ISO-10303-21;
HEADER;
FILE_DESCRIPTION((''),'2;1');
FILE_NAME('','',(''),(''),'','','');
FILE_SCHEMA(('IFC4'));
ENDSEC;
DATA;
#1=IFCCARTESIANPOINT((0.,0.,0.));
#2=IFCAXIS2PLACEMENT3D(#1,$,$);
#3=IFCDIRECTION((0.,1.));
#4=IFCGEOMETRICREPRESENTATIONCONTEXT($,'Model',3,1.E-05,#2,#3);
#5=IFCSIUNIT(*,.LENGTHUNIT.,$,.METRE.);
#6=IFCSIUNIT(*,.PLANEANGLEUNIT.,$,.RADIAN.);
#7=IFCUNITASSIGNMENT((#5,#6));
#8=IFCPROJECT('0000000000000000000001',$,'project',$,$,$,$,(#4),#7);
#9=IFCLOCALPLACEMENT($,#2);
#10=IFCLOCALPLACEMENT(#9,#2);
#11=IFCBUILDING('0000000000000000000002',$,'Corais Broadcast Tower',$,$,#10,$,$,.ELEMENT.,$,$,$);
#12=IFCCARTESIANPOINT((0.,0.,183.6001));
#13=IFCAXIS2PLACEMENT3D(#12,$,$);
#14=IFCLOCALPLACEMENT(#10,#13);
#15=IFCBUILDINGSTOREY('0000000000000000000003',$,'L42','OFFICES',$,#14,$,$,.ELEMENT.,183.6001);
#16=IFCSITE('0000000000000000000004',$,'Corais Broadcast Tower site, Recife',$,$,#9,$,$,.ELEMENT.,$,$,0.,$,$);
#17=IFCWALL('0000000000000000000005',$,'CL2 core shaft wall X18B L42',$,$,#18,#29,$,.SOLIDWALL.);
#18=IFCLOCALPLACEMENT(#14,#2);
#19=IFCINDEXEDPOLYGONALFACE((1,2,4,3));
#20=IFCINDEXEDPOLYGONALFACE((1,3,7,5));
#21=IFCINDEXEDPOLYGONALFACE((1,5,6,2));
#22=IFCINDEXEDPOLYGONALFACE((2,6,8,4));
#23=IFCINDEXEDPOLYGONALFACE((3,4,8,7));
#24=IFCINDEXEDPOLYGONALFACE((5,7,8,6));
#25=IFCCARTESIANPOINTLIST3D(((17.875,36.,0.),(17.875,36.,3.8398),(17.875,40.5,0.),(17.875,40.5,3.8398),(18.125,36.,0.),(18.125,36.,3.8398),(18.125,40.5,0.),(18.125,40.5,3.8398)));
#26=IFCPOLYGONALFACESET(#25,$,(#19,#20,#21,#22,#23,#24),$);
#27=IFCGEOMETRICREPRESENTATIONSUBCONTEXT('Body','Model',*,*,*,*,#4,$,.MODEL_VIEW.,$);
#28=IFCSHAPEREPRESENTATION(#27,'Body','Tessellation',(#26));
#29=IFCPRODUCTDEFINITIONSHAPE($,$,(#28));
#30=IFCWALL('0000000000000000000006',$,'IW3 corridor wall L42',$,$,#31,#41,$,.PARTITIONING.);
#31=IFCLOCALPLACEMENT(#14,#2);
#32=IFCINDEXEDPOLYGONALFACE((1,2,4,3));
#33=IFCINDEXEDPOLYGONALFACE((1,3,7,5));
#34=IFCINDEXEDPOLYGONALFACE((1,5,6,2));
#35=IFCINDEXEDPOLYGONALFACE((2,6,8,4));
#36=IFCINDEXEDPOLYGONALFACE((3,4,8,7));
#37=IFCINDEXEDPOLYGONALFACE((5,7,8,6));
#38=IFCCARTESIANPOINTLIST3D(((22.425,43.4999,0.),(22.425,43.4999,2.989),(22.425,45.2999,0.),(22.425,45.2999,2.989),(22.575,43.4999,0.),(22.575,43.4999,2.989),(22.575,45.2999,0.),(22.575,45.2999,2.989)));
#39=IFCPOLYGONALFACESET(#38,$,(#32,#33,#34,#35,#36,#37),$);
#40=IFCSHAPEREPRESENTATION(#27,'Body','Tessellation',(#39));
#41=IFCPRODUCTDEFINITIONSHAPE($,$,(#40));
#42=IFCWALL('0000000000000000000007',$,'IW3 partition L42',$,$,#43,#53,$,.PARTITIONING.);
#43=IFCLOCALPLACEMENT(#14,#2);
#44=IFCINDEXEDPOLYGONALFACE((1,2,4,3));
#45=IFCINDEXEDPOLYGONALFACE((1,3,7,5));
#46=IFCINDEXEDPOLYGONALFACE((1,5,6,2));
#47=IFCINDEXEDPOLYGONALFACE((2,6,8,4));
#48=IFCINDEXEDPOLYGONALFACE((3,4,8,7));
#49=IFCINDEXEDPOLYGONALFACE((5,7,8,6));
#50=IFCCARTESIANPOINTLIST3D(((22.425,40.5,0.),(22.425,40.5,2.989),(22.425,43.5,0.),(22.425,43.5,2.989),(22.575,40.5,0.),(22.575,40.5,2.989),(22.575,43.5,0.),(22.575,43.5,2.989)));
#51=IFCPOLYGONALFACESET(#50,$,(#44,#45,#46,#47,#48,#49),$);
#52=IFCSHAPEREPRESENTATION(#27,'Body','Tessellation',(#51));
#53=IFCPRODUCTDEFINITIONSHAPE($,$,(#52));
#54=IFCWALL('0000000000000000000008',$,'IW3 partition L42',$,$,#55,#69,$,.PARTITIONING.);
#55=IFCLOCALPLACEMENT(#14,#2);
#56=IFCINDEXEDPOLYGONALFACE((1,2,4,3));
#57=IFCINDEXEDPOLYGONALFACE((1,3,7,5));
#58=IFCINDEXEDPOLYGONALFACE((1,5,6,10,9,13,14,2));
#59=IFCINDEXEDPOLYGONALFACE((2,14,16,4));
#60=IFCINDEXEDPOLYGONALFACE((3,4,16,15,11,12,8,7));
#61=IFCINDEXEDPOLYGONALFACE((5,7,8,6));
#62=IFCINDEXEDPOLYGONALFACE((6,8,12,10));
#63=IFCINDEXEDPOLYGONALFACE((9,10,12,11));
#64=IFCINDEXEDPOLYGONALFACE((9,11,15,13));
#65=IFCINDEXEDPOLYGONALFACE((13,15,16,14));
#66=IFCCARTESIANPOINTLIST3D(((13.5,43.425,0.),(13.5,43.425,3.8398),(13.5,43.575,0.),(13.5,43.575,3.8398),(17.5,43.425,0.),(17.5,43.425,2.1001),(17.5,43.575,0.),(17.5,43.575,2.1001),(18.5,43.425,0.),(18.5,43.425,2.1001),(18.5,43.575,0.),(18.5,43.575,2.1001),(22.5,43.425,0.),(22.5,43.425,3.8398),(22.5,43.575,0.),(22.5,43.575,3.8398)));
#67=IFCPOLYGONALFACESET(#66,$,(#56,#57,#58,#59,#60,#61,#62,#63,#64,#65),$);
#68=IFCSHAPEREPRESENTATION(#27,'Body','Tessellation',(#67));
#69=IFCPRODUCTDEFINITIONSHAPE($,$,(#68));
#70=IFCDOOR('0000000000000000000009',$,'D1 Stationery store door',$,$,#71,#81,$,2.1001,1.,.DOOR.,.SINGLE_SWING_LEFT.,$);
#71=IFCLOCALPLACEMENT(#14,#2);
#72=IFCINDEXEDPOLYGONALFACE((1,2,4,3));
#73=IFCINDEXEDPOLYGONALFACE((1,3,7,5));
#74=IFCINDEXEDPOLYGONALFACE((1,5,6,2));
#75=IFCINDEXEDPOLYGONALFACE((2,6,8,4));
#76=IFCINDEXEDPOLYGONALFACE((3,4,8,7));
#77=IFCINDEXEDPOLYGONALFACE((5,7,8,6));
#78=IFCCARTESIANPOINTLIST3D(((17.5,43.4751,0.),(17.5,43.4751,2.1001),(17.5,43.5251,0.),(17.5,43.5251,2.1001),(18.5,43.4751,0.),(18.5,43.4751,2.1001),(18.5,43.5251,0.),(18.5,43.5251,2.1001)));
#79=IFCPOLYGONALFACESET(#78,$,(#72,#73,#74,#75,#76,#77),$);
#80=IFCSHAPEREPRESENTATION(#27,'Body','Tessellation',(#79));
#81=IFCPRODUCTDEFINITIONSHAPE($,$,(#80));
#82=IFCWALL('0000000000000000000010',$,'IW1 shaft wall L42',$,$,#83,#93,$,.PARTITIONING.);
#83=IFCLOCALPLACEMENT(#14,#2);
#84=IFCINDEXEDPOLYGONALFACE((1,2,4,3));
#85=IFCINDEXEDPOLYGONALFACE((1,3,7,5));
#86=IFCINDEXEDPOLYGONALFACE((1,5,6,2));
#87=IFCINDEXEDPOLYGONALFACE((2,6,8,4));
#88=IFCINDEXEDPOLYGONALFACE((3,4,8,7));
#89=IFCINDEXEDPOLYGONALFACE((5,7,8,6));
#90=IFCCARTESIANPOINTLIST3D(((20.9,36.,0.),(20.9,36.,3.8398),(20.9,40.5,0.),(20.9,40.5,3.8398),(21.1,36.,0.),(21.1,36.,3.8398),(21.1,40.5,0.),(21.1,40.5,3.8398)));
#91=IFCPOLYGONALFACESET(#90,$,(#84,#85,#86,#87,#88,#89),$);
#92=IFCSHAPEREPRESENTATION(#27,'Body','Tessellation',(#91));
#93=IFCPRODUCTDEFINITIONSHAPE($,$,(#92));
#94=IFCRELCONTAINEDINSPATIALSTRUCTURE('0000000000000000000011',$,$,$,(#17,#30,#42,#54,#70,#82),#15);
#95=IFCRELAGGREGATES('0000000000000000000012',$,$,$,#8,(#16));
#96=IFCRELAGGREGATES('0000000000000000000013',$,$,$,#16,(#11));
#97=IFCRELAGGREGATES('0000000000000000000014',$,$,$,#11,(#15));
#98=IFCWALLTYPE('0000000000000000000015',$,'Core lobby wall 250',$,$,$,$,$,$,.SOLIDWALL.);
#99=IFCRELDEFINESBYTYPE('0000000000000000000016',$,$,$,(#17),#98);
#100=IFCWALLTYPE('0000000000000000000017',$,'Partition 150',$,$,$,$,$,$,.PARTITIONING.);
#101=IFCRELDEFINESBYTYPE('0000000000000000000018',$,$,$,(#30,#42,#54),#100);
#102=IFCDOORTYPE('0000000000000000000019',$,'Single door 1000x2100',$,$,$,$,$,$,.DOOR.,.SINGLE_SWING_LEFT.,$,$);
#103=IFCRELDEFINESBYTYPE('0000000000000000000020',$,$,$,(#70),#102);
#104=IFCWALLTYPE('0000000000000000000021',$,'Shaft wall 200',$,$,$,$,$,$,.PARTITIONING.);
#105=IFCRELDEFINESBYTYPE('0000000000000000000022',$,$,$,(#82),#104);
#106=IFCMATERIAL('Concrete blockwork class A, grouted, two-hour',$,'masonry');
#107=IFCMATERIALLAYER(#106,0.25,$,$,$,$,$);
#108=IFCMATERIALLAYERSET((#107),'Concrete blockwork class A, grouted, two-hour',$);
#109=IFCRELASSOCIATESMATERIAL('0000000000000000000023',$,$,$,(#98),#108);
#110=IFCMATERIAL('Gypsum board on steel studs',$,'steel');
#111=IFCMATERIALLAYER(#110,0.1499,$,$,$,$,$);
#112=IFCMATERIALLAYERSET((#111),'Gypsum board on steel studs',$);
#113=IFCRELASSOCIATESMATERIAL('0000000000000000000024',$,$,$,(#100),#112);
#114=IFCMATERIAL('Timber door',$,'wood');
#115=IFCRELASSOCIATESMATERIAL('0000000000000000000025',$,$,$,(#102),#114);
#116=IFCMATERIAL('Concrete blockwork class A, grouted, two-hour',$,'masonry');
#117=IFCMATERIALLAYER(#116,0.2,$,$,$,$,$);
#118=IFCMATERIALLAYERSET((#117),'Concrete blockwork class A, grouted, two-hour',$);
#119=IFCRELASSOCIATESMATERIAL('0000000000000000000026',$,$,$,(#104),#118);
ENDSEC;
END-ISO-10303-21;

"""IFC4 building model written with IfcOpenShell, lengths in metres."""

from ifc_helpers import new_model, si_unit, direction, frame, frame_2d, origin, place, context, subcontext, project, spatial, rectangle, extrude, material, layer, layer_set, type_object, element, fill, save


model = new_model("IFC4")

# Units and contexts
model_context = context("Model", 3, precision=1e-05, world=origin(), true_north=direction((0.0, 1.0)))
body_context = subcontext(model_context, "Body", "Model", "MODEL_VIEW")
ifc_project = project(units=[si_unit("LENGTHUNIT", "METRE"), si_unit("PLANEANGLEUNIT", "RADIAN")], contexts=[model_context])

# Site, building, storey
site_placement = place(None, origin())
site = spatial("IfcSite", under=ifc_project, at=site_placement, Name="Corais Broadcast Tower site, Recife", CompositionType="ELEMENT", RefElevation=0.0)
building_placement = place(site_placement, origin())
building = spatial("IfcBuilding", under=site, at=building_placement, Name="Corais Broadcast Tower", CompositionType="ELEMENT")
storey_placement = place(building_placement, frame((0.0, 0.0, 183.6001)))
storey = spatial("IfcBuildingStorey", under=building, at=storey_placement, Name="L42", Description="OFFICES", CompositionType="ELEMENT", Elevation=183.6001)

# Walls
ifc_material_1 = material(Name="Concrete blockwork class A, grouted, two-hour", Category="masonry")
ifc_layer_1 = layer(ifc_material_1, 0.25)
ifc_layer_set_1 = layer_set([ifc_layer_1], Name="Concrete blockwork class A, grouted, two-hour")
wall_type_1 = type_object("IfcWallType", Name="Core lobby wall 250", PredefinedType="SOLIDWALL", material=ifc_layer_set_1)
wall_1_placement = place(storey_placement, frame((18.0, 36.0, 0.0), z_axis=(0.0, 0.0, 1.0), x_axis=(0.0, 1.0, 0.0)))
element("IfcWall", 1, at=wall_1_placement, inside=storey, type_object=wall_type_1, Name="CL2 core shaft wall X18B L42", PredefinedType="SOLIDWALL", context=body_context, shape_type="SweptSolid", body=[
    extrude(rectangle(XDim=4.5, YDim=0.25, at=frame_2d((2.25, 0.0))), origin(), (0.0, 0.0, 1.0), 3.8398),
])
ifc_material_2 = material(Name="Gypsum board on steel studs", Category="steel")
ifc_layer_2 = layer(ifc_material_2, 0.1499)
ifc_layer_set_2 = layer_set([ifc_layer_2], Name="Gypsum board on steel studs")
wall_type_2 = type_object("IfcWallType", Name="Partition 150", PredefinedType="PARTITIONING", material=ifc_layer_set_2)
wall_2_placement = place(storey_placement, frame((22.5, 43.5, 0.0), z_axis=(0.0, 0.0, 1.0), x_axis=(0.0, 1.0, 0.0)))
element("IfcWall", 2, at=wall_2_placement, inside=storey, type_object=wall_type_2, Name="IW3 corridor wall L42", PredefinedType="PARTITIONING", context=body_context, shape_type="SweptSolid", body=[
    extrude(rectangle(XDim=1.8, YDim=0.1499, at=frame_2d((0.8999, 0.0))), origin(), (0.0, 0.0, 1.0), 2.989),
])
wall_3_placement = place(storey_placement, frame((22.5, 40.5, 0.0), z_axis=(0.0, 0.0, 1.0), x_axis=(0.0, 1.0, 0.0)))
element("IfcWall", 3, at=wall_3_placement, inside=storey, type_object=wall_type_2, Name="IW3 partition L42", PredefinedType="PARTITIONING", context=body_context, shape_type="SweptSolid", body=[
    extrude(rectangle(XDim=3.0, YDim=0.1499, at=frame_2d((1.5, 0.0))), origin(), (0.0, 0.0, 1.0), 2.989),
])

# Wall, opening, door
wall_4_placement = place(storey_placement, frame((22.5, 43.5, 0.0), z_axis=(0.0, 0.0, 1.0), x_axis=(-1.0, 0.0, 0.0)))
wall_4 = element("IfcWall", 4, at=wall_4_placement, inside=storey, type_object=wall_type_2, Name="IW3 partition L42", PredefinedType="PARTITIONING", context=body_context, shape_type="SweptSolid", body=[
    extrude(rectangle(XDim=9.0, YDim=0.1499, at=frame_2d((4.5, 0.0))), origin(), (0.0, 0.0, 1.0), 3.8398),
])
opening_placement = place(wall_4_placement, frame((4.0, 0.0, 0.0)))
opening = element("IfcOpeningElement", 5, at=opening_placement, cuts=wall_4, PredefinedType="OPENING", context=body_context, shape_type="SweptSolid", body=[
    extrude(rectangle(XDim=1.0, YDim=2.1001, at=frame_2d((0.5, 1.05))), frame((0.0, 0.085, 0.0), z_axis=(0.0, -1.0, 0.0), x_axis=(1.0, 0.0, 0.0)), (0.0, 0.0, 1.0), 0.1699),
])
ifc_material_3 = material(Name="Timber door", Category="wood")
door_type = type_object("IfcDoorType", Name="Single door 1000x2100", OperationType="SINGLE_SWING_LEFT", PredefinedType="DOOR", material=ifc_material_3)
door_placement = place(opening_placement, origin())
door = element("IfcDoor", 6, at=door_placement, inside=storey, type_object=door_type, Name="D1 Stationery store door", OperationType="SINGLE_SWING_LEFT", OverallHeight=2.1001, OverallWidth=1.0, PredefinedType="DOOR", context=body_context, shape_type="SweptSolid", body=[
    extrude(rectangle(XDim=1.0, YDim=2.1001, at=frame_2d((0.5, 1.05))), frame((0.0, 0.0249, 0.0), z_axis=(0.0, -1.0, 0.0), x_axis=(1.0, 0.0, 0.0)), (0.0, 0.0, 1.0), 0.05),
])
fill(opening, door)

# Wall
ifc_material_4 = material(Name="Concrete blockwork class A, grouted, two-hour", Category="masonry")
ifc_layer_3 = layer(ifc_material_4, 0.2)
ifc_layer_set_3 = layer_set([ifc_layer_3], Name="Concrete blockwork class A, grouted, two-hour")
wall_type_3 = type_object("IfcWallType", Name="Shaft wall 200", PredefinedType="PARTITIONING", material=ifc_layer_set_3)
wall_5_placement = place(storey_placement, frame((21.0, 36.0, 0.0), z_axis=(0.0, 0.0, 1.0), x_axis=(0.0, 1.0, 0.0)))
element("IfcWall", 7, at=wall_5_placement, inside=storey, type_object=wall_type_3, Name="IW1 shaft wall L42", PredefinedType="PARTITIONING", context=body_context, shape_type="SweptSolid", body=[
    extrude(rectangle(XDim=4.5, YDim=0.2, at=frame_2d((2.25, 0.0))), origin(), (0.0, 0.0, 1.0), 3.8398),
])

save(model, "model.ifc")
